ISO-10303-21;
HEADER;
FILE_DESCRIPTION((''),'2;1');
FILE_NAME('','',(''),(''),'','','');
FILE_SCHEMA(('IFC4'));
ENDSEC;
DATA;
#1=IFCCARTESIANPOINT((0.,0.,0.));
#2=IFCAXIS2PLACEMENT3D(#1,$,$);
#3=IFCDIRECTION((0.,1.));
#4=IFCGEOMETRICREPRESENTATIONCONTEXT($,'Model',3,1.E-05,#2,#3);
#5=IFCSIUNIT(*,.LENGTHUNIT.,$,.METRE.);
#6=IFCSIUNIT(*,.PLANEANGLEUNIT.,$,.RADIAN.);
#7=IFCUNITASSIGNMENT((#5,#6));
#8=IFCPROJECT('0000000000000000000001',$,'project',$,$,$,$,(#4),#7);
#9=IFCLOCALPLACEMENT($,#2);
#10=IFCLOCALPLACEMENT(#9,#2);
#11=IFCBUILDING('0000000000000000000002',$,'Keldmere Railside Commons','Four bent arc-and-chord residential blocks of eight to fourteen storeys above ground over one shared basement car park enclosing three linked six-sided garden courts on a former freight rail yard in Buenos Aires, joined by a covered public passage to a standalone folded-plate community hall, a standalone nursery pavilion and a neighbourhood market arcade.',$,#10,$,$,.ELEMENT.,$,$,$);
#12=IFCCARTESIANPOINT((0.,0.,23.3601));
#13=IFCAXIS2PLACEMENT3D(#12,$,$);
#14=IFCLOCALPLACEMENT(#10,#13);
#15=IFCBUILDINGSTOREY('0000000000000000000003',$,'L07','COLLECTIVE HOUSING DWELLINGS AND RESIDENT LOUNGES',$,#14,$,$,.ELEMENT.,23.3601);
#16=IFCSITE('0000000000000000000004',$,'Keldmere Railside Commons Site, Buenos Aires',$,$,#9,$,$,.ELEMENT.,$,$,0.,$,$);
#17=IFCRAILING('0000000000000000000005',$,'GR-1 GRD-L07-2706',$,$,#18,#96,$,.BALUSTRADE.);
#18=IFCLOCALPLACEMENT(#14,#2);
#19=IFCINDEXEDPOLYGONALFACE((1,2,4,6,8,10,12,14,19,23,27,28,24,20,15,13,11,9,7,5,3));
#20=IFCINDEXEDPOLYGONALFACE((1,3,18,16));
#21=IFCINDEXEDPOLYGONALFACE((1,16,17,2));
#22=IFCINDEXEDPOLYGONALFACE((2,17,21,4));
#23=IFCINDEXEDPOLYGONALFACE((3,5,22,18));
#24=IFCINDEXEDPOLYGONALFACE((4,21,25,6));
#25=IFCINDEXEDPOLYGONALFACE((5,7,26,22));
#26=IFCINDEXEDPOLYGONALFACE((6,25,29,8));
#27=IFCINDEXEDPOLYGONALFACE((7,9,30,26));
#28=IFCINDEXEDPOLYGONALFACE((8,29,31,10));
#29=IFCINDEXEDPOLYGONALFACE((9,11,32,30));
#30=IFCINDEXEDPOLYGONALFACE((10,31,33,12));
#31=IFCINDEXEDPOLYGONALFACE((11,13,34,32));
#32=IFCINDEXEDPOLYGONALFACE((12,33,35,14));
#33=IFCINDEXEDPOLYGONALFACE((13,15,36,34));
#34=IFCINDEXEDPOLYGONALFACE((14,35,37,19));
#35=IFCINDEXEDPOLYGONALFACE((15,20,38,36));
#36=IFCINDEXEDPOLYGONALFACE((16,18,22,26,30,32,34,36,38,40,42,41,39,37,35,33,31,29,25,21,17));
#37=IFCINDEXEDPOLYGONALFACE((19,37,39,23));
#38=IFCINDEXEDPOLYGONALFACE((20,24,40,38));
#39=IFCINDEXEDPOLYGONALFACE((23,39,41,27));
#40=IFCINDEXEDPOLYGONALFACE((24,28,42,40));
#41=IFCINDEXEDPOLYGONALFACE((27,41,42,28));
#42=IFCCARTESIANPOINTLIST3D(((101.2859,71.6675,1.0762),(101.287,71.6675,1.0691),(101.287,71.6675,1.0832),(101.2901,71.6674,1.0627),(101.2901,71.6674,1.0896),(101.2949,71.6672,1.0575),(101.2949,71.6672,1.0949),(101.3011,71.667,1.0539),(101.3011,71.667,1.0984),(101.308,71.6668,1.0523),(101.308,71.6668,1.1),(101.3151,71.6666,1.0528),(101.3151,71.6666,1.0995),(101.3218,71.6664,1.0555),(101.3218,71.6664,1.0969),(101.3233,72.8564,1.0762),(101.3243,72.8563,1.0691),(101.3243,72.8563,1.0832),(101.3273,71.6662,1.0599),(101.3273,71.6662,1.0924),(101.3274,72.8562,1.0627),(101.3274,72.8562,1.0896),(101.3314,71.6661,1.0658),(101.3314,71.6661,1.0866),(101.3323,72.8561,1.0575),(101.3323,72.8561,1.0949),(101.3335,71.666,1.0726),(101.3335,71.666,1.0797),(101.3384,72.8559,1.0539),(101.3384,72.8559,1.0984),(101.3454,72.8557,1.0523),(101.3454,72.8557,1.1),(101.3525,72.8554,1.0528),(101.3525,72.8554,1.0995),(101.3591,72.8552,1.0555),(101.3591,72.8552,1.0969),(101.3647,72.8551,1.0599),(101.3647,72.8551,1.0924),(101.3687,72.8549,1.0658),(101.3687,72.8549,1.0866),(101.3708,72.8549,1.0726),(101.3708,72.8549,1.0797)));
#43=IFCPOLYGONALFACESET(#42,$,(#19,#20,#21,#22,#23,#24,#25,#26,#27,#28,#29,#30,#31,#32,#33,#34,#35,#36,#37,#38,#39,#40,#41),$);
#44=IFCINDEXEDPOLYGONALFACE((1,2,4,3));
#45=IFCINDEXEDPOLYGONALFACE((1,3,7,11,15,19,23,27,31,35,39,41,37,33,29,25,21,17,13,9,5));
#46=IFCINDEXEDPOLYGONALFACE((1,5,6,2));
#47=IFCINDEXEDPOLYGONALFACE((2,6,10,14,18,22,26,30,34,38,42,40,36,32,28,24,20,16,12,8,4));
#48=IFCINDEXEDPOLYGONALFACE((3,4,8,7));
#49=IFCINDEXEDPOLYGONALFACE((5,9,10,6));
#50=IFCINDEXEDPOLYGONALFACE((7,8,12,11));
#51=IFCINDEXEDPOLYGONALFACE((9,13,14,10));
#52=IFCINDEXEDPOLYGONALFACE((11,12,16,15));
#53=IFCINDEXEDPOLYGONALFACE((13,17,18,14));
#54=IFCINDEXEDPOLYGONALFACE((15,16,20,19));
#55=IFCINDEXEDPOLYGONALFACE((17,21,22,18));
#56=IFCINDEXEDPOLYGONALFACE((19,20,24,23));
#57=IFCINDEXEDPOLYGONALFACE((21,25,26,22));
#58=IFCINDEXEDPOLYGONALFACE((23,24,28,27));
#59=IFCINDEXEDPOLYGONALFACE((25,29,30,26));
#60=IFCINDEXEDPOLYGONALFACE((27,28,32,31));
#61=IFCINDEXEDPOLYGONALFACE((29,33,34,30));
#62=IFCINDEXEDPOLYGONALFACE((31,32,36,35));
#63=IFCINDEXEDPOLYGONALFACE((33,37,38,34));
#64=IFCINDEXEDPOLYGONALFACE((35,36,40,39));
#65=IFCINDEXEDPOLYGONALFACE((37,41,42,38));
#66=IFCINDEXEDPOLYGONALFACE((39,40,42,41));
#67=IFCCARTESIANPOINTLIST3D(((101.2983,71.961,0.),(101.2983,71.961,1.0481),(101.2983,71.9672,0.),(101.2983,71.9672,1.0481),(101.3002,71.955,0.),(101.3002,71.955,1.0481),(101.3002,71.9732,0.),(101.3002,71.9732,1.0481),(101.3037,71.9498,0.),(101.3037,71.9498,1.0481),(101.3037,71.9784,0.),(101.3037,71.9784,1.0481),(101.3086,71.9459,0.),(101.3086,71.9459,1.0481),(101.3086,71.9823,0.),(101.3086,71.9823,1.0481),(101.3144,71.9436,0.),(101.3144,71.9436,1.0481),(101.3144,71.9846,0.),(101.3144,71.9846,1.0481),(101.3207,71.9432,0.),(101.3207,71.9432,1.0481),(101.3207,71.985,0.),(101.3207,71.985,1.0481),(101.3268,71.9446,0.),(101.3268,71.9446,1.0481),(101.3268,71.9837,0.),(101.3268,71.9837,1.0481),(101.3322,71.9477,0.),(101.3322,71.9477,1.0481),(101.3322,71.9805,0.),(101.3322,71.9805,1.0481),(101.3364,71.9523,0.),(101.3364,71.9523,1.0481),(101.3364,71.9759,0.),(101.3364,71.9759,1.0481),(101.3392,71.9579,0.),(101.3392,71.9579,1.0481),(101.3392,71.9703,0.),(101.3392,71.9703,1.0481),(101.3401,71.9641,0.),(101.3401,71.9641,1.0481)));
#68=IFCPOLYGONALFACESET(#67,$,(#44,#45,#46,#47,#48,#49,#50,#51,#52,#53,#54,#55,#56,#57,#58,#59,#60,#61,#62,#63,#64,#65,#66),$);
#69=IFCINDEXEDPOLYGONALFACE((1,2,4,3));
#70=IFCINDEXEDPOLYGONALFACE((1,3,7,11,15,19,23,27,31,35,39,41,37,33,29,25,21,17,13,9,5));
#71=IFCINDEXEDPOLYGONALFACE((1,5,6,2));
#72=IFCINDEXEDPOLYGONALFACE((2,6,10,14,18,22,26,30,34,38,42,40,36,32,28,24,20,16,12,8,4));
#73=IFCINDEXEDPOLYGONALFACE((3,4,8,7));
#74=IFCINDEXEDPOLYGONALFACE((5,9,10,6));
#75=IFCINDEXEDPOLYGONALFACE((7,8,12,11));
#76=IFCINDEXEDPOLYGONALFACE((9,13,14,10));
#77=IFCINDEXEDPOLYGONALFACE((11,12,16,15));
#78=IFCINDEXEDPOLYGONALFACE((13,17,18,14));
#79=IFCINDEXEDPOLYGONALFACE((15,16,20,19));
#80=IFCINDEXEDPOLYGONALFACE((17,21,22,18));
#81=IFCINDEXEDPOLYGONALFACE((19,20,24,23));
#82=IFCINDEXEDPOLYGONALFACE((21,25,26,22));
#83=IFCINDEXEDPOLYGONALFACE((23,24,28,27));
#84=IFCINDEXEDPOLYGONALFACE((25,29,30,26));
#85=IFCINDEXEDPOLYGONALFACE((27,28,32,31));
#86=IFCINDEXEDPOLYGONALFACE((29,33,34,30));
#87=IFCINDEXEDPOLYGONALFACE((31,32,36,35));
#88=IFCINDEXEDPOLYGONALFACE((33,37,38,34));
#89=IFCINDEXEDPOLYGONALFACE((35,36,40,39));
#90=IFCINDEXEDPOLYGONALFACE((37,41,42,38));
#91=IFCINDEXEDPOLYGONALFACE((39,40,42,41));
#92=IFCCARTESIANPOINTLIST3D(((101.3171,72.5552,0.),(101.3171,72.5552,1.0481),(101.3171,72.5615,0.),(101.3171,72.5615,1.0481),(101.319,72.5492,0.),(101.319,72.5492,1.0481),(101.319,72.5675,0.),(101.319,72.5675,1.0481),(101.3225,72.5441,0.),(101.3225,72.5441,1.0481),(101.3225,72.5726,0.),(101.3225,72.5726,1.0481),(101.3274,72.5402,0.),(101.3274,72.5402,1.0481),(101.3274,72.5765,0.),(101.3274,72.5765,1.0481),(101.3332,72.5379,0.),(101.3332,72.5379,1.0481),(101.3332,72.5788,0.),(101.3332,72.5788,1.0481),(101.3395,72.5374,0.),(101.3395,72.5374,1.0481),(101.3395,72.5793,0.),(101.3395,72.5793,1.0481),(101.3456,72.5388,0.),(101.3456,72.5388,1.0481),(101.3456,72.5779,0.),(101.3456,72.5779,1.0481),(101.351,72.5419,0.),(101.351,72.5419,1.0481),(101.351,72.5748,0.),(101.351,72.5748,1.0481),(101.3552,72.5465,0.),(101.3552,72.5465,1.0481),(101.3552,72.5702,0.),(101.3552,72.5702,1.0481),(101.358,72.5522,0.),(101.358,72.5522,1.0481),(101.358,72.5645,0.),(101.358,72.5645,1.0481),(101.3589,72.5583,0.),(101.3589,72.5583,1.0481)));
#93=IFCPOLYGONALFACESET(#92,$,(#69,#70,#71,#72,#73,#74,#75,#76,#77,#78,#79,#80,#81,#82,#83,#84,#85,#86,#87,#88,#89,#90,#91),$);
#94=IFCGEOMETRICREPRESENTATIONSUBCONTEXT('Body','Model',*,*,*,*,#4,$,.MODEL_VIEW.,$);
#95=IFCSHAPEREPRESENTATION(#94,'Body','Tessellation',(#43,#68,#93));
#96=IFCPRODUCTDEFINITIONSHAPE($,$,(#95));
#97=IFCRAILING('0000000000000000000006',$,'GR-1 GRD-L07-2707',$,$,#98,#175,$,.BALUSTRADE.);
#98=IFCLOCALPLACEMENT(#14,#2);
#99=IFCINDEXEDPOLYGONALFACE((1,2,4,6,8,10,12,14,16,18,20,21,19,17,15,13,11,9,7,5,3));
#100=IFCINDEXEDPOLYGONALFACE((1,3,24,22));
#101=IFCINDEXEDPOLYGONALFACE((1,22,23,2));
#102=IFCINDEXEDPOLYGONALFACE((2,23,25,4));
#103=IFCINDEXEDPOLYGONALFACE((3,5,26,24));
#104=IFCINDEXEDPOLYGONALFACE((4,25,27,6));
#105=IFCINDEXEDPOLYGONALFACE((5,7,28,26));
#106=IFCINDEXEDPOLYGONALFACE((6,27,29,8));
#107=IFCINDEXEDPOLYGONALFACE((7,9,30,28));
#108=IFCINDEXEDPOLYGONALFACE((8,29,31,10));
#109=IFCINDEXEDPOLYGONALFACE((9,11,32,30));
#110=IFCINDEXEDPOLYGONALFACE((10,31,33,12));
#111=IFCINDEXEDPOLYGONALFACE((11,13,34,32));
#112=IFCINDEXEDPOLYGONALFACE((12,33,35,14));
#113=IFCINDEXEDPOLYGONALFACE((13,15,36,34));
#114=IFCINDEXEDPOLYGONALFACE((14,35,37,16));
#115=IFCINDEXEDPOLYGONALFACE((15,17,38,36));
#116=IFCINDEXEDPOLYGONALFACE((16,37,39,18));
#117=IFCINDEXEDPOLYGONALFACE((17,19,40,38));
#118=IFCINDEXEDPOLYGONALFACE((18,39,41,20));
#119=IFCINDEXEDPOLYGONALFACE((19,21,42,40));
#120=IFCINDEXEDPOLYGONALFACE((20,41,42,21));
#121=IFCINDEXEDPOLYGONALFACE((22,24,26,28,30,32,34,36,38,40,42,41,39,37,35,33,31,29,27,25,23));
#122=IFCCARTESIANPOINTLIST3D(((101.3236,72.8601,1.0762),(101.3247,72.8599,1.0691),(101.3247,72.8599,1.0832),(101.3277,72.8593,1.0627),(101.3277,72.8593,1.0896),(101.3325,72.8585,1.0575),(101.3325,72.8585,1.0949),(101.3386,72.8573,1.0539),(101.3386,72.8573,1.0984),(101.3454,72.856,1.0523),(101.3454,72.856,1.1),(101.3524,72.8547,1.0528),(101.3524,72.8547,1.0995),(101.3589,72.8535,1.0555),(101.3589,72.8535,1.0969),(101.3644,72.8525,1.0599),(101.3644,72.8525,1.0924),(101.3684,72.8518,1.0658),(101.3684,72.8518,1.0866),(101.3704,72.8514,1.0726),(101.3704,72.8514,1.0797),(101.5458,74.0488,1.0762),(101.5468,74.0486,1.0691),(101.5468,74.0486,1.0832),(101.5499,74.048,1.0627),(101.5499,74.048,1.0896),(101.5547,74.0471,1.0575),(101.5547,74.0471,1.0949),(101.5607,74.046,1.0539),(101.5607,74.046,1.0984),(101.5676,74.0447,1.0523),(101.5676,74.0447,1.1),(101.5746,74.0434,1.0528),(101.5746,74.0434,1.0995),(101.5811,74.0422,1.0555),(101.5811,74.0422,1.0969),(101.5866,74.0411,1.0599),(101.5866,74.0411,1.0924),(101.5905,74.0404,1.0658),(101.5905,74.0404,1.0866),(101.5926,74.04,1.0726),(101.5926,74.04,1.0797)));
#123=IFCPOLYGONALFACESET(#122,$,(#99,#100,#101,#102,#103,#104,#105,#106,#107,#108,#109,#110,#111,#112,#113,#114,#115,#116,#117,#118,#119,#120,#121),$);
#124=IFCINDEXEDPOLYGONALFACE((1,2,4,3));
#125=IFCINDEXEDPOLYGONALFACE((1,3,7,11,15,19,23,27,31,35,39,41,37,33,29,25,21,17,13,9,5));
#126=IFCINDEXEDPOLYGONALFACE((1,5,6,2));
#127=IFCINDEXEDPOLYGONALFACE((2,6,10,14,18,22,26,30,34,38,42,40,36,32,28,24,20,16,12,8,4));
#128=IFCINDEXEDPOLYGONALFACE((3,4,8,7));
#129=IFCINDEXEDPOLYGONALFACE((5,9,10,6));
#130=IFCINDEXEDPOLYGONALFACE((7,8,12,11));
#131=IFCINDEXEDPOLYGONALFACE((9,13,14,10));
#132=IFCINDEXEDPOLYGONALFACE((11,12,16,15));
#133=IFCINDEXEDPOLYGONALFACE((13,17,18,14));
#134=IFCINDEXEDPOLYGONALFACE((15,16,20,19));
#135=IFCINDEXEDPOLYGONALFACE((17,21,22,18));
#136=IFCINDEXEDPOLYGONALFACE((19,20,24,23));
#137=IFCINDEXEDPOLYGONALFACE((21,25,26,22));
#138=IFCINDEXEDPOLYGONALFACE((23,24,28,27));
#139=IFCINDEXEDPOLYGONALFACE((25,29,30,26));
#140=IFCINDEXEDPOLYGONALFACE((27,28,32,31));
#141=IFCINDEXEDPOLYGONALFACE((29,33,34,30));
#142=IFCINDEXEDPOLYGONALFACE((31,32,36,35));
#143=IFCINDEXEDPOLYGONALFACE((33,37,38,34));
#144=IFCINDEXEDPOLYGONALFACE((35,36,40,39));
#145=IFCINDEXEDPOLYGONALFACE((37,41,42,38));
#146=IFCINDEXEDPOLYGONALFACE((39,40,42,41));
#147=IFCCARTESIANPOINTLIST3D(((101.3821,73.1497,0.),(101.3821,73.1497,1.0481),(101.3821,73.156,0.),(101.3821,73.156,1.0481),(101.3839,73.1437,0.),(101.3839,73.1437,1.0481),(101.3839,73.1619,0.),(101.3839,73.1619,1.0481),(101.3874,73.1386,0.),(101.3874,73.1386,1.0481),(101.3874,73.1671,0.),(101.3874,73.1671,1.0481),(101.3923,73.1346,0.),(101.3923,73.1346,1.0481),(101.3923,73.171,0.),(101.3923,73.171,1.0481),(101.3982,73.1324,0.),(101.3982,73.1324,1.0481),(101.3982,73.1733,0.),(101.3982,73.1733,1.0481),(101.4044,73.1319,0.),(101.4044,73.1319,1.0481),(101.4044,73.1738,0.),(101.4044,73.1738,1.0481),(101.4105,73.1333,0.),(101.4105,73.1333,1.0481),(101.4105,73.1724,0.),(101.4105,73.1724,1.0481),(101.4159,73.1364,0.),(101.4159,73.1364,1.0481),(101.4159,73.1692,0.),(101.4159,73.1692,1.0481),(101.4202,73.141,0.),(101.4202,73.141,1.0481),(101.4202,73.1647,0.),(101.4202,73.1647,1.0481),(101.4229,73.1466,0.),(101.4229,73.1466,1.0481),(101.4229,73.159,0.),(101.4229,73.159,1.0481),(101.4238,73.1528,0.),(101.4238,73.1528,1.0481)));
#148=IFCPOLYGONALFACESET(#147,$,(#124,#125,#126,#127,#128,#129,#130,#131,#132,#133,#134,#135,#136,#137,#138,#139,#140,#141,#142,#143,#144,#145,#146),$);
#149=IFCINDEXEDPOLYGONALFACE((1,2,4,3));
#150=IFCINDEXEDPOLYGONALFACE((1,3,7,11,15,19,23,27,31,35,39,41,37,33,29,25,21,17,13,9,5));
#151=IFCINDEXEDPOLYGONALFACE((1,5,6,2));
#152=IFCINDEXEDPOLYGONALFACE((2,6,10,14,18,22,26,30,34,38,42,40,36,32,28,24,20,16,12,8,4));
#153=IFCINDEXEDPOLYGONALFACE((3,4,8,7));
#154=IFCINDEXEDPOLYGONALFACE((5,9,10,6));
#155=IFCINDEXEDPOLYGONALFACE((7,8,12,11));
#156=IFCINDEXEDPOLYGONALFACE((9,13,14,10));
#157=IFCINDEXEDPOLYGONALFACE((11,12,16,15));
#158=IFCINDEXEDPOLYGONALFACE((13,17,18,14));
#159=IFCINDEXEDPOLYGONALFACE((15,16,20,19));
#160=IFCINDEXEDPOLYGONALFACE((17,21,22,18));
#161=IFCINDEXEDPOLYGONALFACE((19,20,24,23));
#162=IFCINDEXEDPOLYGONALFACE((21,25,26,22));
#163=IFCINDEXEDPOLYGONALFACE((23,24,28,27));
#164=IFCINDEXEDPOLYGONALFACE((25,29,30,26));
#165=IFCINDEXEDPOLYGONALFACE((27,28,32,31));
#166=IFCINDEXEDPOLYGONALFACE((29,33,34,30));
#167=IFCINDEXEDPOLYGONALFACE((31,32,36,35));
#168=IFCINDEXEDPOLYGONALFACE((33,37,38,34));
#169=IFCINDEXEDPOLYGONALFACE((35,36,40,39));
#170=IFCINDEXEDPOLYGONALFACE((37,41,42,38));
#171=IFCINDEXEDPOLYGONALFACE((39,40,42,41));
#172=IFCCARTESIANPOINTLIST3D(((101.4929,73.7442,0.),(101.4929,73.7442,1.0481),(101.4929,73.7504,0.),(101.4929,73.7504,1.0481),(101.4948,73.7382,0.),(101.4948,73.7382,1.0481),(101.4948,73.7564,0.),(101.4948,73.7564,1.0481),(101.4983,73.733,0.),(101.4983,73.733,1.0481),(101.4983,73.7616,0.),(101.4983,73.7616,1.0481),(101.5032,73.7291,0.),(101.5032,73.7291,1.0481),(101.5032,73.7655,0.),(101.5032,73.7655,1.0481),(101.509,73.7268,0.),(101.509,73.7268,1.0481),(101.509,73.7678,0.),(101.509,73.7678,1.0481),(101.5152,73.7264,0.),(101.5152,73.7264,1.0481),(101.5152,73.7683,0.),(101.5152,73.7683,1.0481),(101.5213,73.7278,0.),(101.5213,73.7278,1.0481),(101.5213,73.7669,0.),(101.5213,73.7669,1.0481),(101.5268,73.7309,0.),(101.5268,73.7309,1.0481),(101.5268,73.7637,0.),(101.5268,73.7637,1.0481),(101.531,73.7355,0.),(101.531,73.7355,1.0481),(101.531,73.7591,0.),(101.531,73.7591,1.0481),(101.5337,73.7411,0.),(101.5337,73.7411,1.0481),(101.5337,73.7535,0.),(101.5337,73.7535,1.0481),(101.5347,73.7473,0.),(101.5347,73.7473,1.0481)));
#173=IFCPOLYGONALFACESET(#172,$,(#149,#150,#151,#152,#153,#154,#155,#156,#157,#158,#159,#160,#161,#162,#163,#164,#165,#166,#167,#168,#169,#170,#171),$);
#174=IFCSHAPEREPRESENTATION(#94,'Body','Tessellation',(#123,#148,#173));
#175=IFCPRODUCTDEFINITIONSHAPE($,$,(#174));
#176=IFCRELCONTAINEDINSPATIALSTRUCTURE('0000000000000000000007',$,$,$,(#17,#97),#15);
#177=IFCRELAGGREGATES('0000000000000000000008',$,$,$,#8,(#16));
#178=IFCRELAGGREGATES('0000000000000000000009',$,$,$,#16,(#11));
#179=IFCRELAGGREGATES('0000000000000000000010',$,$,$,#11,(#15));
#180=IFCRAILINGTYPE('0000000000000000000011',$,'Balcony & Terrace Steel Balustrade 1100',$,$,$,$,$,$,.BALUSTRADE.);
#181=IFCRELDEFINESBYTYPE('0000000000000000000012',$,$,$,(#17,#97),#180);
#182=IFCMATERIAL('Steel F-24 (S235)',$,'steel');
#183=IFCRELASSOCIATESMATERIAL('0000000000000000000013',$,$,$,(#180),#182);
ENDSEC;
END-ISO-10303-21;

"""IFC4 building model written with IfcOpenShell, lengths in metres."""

from ifc_helpers import new_model, si_unit, direction, frame, origin, origin_2d, place, context, subcontext, project, spatial, circle, extrude, material, type_object, element, save


model = new_model("IFC4")

# Units and contexts
model_context = context("Model", 3, precision=1e-05, world=origin(), true_north=direction((0.0, 1.0)))
body_context = subcontext(model_context, "Body", "Model", "MODEL_VIEW")
ifc_project = project(units=[si_unit("LENGTHUNIT", "METRE"), si_unit("PLANEANGLEUNIT", "RADIAN")], contexts=[model_context])

# Site, building, storey
site_placement = place(None, origin())
site = spatial("IfcSite", under=ifc_project, at=site_placement, Name="Keldmere Railside Commons Site, Buenos Aires", CompositionType="ELEMENT", RefElevation=0.0)
building_placement = place(site_placement, origin())
building = spatial("IfcBuilding", under=site, at=building_placement, Name="Keldmere Railside Commons", Description="Four bent arc-and-chord residential blocks of eight to fourteen storeys above ground over one shared basement car park enclosing three linked six-sided garden courts on a former freight rail yard in Buenos Aires, joined by a covered public passage to a standalone folded-plate community hall, a standalone nursery pavilion and a neighbourhood market arcade.", CompositionType="ELEMENT")
storey_placement = place(building_placement, frame((0.0, 0.0, 23.3601)))
storey = spatial("IfcBuildingStorey", under=building, at=storey_placement, Name="L07", Description="COLLECTIVE HOUSING DWELLINGS AND RESIDENT LOUNGES", CompositionType="ELEMENT", Elevation=23.3601)

# Shared definitions
ifc_material_1 = material(Name="Steel F-24 (S235)", Category="steel")

# Railings
railing_type_1 = type_object("IfcRailingType", Name="Balcony & Terrace Steel Balustrade 1100", PredefinedType="BALUSTRADE", material=ifc_material_1)
railing_1_placement = place(storey_placement, frame((101.3098, 71.6667, 0.0)))
element("IfcRailing", 1, at=railing_1_placement, inside=storey, type_object=railing_type_1, Name="GR-1 GRD-L07-2706", PredefinedType="BALUSTRADE", context=body_context, shape_type="SweptSolid", body=[
    extrude(circle(Radius=0.0239, at=origin_2d()), frame((0.0, 0.0, 1.0762), z_axis=(0.031401, 0.999507, 0.0), x_axis=(-0.999507, 0.031401, 0.0)), (0.0, 0.0, 1.0), 1.1895),
    extrude(circle(Radius=0.021, at=origin_2d()), frame((0.0093, 0.2974, 0.0)), (0.0, 0.0, 1.0), 1.0481),
    extrude(circle(Radius=0.021, at=origin_2d()), frame((0.0281, 0.8916, 0.0)), (0.0, 0.0, 1.0), 1.0481),
])
railing_2_placement = place(storey_placement, frame((101.3472, 72.8557, 0.0)))
element("IfcRailing", 2, at=railing_2_placement, inside=storey, type_object=railing_type_1, Name="GR-1 GRD-L07-2707", PredefinedType="BALUSTRADE", context=body_context, shape_type="SweptSolid", body=[
    extrude(circle(Radius=0.0239, at=origin_2d()), frame((0.0, 0.0, 1.0762), z_axis=(0.183716, 0.982979, 0.0), x_axis=(-0.982979, 0.183716, 0.0)), (0.0, 0.0, 1.0), 1.2092),
    extrude(circle(Radius=0.021, at=origin_2d()), frame((0.0557, 0.2971, 0.0)), (0.0, 0.0, 1.0), 1.0481),
    extrude(circle(Radius=0.021, at=origin_2d()), frame((0.1665, 0.8916, 0.0)), (0.0, 0.0, 1.0), 1.0481),
])

save(model, "model.ifc")
